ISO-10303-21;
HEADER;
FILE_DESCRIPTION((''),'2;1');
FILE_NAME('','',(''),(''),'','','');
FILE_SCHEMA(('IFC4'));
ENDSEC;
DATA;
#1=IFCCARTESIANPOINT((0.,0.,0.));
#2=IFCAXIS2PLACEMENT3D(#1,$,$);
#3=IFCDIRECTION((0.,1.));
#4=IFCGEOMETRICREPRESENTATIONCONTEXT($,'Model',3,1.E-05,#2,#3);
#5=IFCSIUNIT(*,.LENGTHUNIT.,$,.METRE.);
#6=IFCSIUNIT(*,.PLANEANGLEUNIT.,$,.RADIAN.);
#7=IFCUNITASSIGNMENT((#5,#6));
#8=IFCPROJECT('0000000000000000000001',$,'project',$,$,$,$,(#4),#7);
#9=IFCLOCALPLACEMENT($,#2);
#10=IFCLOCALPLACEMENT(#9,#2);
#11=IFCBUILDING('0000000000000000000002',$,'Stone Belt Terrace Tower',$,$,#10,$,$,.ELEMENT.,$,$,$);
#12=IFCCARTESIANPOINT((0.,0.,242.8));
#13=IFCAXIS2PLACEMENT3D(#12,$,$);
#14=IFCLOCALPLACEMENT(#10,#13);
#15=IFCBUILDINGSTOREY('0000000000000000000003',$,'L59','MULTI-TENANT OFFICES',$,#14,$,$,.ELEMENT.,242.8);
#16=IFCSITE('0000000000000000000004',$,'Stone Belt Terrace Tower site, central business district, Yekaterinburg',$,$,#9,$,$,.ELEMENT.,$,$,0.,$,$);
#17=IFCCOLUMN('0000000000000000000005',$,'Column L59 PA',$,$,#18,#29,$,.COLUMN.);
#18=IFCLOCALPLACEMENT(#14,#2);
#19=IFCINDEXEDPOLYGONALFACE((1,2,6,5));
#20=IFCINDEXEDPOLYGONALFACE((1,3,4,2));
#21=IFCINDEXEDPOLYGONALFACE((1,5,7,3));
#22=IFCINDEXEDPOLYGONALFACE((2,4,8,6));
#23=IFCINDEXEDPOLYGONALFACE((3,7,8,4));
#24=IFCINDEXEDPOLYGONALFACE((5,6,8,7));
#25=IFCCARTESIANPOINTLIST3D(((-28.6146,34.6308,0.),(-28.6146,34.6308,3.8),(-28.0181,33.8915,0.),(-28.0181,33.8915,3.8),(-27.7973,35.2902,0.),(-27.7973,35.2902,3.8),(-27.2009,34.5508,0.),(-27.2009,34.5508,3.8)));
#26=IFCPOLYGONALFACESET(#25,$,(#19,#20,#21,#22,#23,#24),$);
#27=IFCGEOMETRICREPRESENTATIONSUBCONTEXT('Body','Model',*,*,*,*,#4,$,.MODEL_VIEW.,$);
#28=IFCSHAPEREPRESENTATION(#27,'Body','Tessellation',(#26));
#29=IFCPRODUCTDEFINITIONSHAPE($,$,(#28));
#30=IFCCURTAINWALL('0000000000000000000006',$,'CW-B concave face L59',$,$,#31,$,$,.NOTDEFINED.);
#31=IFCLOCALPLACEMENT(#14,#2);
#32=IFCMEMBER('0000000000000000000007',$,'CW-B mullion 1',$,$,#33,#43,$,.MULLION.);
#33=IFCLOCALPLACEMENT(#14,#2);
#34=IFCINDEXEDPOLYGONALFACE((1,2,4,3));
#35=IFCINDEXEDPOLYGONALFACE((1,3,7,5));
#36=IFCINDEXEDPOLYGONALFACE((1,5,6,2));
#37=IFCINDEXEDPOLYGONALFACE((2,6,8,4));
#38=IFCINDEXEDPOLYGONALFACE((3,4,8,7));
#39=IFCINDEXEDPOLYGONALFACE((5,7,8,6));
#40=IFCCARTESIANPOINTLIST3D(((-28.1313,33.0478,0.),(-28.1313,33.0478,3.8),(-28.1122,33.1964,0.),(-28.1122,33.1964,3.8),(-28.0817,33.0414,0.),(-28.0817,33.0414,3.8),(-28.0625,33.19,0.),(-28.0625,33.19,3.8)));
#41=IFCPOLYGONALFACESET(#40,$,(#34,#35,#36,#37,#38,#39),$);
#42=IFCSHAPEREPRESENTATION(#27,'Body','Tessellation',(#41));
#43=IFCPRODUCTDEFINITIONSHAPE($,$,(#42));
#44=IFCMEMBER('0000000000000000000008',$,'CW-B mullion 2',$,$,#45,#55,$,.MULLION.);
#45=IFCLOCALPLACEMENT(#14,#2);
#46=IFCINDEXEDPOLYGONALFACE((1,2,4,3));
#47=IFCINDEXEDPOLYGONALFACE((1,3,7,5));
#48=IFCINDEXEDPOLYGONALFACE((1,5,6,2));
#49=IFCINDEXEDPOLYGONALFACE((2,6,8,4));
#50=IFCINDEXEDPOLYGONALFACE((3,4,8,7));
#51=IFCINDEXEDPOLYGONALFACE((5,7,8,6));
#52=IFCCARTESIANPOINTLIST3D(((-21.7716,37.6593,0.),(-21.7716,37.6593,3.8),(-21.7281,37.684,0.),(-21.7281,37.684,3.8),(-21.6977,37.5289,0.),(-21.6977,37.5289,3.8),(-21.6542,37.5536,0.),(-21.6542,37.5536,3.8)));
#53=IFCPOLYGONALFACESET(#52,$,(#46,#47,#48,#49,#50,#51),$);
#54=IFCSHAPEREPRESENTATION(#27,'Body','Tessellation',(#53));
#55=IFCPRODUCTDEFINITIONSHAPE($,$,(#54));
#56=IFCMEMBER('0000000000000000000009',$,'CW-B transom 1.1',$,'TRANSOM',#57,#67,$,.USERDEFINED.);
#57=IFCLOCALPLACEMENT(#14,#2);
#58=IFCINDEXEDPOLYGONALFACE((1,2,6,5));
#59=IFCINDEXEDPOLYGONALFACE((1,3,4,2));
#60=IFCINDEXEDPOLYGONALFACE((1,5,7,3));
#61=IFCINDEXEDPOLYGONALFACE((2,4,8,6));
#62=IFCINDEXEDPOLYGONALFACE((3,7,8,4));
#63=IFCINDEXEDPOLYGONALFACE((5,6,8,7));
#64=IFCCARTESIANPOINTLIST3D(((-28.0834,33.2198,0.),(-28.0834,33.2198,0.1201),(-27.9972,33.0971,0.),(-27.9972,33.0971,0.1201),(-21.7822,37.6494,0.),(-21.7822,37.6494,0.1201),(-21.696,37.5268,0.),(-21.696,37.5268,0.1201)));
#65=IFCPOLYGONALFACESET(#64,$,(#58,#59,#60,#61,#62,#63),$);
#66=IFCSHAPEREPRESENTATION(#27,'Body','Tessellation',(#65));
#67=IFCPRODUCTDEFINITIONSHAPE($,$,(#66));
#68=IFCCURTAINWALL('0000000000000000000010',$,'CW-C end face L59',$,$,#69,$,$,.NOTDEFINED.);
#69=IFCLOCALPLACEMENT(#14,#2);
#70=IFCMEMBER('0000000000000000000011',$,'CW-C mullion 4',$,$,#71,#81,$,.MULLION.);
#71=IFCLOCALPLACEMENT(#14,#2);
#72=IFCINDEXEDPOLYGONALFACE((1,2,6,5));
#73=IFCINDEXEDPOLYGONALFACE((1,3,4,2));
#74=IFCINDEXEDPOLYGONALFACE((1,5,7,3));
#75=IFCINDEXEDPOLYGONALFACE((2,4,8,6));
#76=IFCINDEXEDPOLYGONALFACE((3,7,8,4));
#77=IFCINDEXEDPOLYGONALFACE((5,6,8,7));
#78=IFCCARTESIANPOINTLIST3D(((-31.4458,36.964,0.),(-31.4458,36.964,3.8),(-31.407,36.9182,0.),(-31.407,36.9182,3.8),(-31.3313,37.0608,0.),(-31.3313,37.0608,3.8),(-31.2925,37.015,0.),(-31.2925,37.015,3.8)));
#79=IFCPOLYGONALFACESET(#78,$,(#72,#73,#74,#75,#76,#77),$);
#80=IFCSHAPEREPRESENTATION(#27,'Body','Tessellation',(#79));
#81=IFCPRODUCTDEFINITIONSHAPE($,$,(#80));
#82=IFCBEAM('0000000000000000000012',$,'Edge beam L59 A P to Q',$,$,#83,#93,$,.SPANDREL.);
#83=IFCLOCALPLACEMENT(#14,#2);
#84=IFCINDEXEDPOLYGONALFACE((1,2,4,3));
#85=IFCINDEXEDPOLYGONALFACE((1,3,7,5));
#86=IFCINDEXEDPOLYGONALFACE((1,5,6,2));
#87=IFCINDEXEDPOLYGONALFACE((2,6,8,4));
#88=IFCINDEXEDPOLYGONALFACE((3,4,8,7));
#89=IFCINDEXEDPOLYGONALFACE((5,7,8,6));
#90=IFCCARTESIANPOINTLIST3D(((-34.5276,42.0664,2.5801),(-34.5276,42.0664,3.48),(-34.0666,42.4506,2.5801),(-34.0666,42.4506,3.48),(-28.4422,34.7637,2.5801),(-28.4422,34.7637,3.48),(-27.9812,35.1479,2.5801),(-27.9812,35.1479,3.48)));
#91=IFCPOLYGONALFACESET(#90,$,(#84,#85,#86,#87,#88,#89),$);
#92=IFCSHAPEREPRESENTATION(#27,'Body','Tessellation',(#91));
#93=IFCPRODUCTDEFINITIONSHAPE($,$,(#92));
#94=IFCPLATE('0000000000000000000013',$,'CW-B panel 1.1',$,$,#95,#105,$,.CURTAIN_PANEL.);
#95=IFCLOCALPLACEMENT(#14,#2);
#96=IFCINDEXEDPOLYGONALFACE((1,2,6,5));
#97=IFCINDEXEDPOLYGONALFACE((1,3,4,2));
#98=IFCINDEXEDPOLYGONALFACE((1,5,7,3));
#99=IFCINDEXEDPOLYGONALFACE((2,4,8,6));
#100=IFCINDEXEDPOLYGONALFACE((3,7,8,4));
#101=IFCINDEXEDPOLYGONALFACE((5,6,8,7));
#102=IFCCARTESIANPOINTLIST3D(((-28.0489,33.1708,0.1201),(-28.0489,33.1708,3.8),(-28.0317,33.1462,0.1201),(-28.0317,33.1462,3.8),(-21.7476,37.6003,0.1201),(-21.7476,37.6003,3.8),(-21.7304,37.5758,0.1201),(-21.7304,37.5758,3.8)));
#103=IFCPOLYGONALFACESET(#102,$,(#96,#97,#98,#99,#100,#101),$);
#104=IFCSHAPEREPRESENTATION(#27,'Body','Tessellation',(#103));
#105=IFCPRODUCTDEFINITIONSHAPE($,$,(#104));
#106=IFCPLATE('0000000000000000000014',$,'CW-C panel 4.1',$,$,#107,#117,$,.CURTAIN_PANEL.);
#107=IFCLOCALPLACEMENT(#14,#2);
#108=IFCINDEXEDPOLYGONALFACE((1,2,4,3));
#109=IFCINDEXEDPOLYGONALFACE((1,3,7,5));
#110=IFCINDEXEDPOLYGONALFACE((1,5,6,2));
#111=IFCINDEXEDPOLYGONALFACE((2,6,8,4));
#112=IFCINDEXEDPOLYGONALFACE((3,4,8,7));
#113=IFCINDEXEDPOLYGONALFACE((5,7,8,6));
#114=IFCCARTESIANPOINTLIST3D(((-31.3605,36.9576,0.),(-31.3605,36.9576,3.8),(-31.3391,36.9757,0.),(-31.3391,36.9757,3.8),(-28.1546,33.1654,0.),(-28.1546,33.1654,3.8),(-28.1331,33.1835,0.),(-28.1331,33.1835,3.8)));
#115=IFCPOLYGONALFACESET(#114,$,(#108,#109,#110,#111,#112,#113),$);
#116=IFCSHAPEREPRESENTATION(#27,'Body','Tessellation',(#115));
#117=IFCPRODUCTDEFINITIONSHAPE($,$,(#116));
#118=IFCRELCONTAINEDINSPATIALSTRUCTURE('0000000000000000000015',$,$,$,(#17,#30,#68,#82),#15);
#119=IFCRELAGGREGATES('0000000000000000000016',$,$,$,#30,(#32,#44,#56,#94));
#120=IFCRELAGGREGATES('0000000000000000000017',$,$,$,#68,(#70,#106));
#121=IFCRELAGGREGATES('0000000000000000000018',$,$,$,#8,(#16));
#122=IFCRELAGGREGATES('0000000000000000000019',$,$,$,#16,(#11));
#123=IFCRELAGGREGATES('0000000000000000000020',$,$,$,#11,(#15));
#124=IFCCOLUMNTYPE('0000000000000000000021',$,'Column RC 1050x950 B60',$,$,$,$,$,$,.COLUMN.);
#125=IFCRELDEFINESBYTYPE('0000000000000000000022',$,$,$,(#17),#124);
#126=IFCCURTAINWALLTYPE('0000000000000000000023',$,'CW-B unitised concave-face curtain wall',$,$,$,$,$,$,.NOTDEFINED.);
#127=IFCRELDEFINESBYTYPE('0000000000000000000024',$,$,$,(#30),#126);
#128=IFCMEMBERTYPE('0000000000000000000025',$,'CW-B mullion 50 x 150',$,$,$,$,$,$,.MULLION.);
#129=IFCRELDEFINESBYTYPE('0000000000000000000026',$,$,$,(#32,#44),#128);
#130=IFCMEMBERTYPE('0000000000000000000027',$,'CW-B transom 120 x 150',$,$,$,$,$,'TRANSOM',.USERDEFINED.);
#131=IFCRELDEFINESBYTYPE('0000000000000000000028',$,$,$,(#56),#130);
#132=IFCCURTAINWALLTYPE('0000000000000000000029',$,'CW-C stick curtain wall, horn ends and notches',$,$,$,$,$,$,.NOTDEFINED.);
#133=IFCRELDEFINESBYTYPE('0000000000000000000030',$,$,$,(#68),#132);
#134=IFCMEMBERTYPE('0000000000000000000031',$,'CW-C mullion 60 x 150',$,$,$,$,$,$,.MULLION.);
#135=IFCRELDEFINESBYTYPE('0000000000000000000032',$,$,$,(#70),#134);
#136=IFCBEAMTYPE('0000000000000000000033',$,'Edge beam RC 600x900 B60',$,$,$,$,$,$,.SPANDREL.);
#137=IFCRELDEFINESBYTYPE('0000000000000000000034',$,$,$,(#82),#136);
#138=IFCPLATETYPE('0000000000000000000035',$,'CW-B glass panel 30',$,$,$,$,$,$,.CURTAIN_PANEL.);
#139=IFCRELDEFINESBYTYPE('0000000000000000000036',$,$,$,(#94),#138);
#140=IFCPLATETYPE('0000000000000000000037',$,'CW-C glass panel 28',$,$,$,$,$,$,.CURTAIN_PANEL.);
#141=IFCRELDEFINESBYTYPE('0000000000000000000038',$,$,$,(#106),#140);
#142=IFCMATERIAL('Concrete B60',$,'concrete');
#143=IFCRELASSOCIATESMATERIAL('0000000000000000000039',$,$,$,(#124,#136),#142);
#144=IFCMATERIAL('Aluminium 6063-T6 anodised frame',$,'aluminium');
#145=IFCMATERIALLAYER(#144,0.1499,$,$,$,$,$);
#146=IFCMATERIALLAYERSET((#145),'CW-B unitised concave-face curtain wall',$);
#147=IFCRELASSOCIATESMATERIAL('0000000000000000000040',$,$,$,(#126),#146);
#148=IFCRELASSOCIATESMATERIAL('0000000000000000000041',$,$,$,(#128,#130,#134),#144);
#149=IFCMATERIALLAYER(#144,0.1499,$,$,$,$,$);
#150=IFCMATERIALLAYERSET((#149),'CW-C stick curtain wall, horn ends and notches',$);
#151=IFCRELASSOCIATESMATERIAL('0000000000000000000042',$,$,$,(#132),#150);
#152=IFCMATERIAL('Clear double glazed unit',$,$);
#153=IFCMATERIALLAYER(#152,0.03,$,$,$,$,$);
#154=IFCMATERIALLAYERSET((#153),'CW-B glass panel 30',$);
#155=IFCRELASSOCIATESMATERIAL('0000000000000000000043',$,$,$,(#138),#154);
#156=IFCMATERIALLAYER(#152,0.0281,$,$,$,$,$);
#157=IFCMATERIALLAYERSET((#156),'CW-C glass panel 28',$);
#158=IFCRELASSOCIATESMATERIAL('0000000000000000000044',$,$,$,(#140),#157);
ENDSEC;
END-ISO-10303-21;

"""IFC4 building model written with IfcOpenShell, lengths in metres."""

from ifc_helpers import new_model, si_unit, direction, frame, origin, origin_2d, place, context, subcontext, project, spatial, rectangle, extrude, material, layer, layer_set, material_profile, profile_set, type_object, element, aggregate, save


model = new_model("IFC4")

# Units and contexts
model_context = context("Model", 3, precision=1e-05, world=origin(), true_north=direction((0.0, 1.0)))
body_context = subcontext(model_context, "Body", "Model", "MODEL_VIEW")
ifc_project = project(units=[si_unit("LENGTHUNIT", "METRE"), si_unit("PLANEANGLEUNIT", "RADIAN")], contexts=[model_context])

# Site, building, storey
site_placement = place(None, origin())
site = spatial("IfcSite", under=ifc_project, at=site_placement, Name="Stone Belt Terrace Tower site, central business district, Yekaterinburg", CompositionType="ELEMENT", RefElevation=0.0)
building_placement = place(site_placement, origin())
building = spatial("IfcBuilding", under=site, at=building_placement, Name="Stone Belt Terrace Tower", CompositionType="ELEMENT")
storey_placement = place(building_placement, frame((0.0, 0.0, 242.8)))
storey = spatial("IfcBuildingStorey", under=building, at=storey_placement, Name="L59", Description="MULTI-TENANT OFFICES", CompositionType="ELEMENT", Elevation=242.8)

# Column
ifc_material_1 = material(Name="Concrete B60", Category="concrete")
ifc_material_profile_1 = material_profile(ifc_material_1, rectangle(XDim=1.05, YDim=0.95, at=origin_2d()), Name="RC 1050x950")
ifc_profile_set_1 = profile_set([ifc_material_profile_1], Name="Concrete B60")
column_type = type_object("IfcColumnType", Name="Column RC 1050x950 B60", PredefinedType="COLUMN", material=ifc_profile_set_1)
column_placement = place(storey_placement, frame((-27.9077, 34.5908, 0.0), z_axis=(0.0, 0.0, 1.0), x_axis=(0.778284, 0.627913, 0.0)))
element("IfcColumn", 1, at=column_placement, inside=storey, type_object=column_type, Name="Column L59 PA", PredefinedType="COLUMN", context=body_context, shape_type="SweptSolid", body=[
    extrude(rectangle(XDim=1.05, YDim=0.95, at=origin_2d()), origin(), (0.0, 0.0, 1.0), 3.8),
])

# Curtain wall, members
ifc_material_2 = material(Name="Aluminium 6063-T6 anodised frame", Category="aluminium")
ifc_layer_1 = layer(ifc_material_2, 0.1499)
ifc_layer_set_1 = layer_set([ifc_layer_1], Name="CW-B unitised concave-face curtain wall")
curtain_wall_type_1 = type_object("IfcCurtainWallType", Name="CW-B unitised concave-face curtain wall", PredefinedType="NOTDEFINED", material=ifc_layer_set_1)
curtain_wall_1_placement = place(storey_placement, origin())
curtain_wall_1 = element("IfcCurtainWall", 2, at=curtain_wall_1_placement, inside=storey, type_object=curtain_wall_type_1, Name="CW-B concave face L59", PredefinedType="NOTDEFINED")
ifc_material_profile_2 = material_profile(ifc_material_2, rectangle(XDim=0.1499, YDim=0.05, at=origin_2d()), Name="Aluminium 6063-T6 50x150")
ifc_profile_set_2 = profile_set([ifc_material_profile_2], Name="Aluminium 6063-T6 anodised frame")
member_type_1 = type_object("IfcMemberType", Name="CW-B mullion 50 x 150", PredefinedType="MULLION", material=ifc_profile_set_2)
member_1_placement = place(storey_placement, frame((-28.0969, 33.1189, 0.0), z_axis=(0.0, 0.0, 1.0), x_axis=(0.127784, 0.991802, 0.0)))
member_1 = element("IfcMember", 3, at=member_1_placement, type_object=member_type_1, Name="CW-B mullion 1", PredefinedType="MULLION", context=body_context, shape_type="SweptSolid", body=[
    extrude(rectangle(XDim=0.1499, YDim=0.05, at=origin_2d()), origin(), (0.0, 0.0, 1.0), 3.8),
])
member_2_placement = place(storey_placement, frame((-21.7129, 37.6064, 0.0), z_axis=(0.0, 0.0, 1.0), x_axis=(-0.493225, 0.869901, 0.0)))
member_2 = element("IfcMember", 4, at=member_2_placement, type_object=member_type_1, Name="CW-B mullion 2", PredefinedType="MULLION", context=body_context, shape_type="SweptSolid", body=[
    extrude(rectangle(XDim=0.1499, YDim=0.05, at=origin_2d()), origin(), (0.0, 0.0, 1.0), 3.8),
])
ifc_material_profile_3 = material_profile(ifc_material_2, rectangle(XDim=0.1499, YDim=0.1201, at=origin_2d()), Name="Aluminium 6063-T6 150x120")
ifc_profile_set_3 = profile_set([ifc_material_profile_3], Name="Aluminium 6063-T6 anodised frame")
member_type_2 = type_object("IfcMemberType", Name="CW-B transom 120 x 150", ElementType="TRANSOM", PredefinedType="USERDEFINED", material=ifc_profile_set_3)
member_3_placement = place(storey_placement, frame((-28.0403, 33.1584, 0.0601), z_axis=(0.818084, 0.575099, 0.0), x_axis=(-0.575099, 0.818084, 0.0)))
member_3 = element("IfcMember", 5, at=member_3_placement, type_object=member_type_2, Name="CW-B transom 1.1", ObjectType="TRANSOM", PredefinedType="USERDEFINED", context=body_context, shape_type="SweptSolid", body=[
    extrude(rectangle(XDim=0.1499, YDim=0.1201, at=origin_2d()), origin(), (0.0, 0.0, 1.0), 7.7024),
])

# Curtain wall, member
ifc_layer_2 = layer(ifc_material_2, 0.1499)
ifc_layer_set_2 = layer_set([ifc_layer_2], Name="CW-C stick curtain wall, horn ends and notches")
curtain_wall_type_2 = type_object("IfcCurtainWallType", Name="CW-C stick curtain wall, horn ends and notches", PredefinedType="NOTDEFINED", material=ifc_layer_set_2)
curtain_wall_2_placement = place(storey_placement, origin())
curtain_wall_2 = element("IfcCurtainWall", 6, at=curtain_wall_2_placement, inside=storey, type_object=curtain_wall_type_2, Name="CW-C end face L59", PredefinedType="NOTDEFINED")
ifc_material_profile_4 = material_profile(ifc_material_2, rectangle(XDim=0.1499, YDim=0.0601, at=origin_2d()), Name="Aluminium 6063-T6 60x150")
ifc_profile_set_4 = profile_set([ifc_material_profile_4], Name="Aluminium 6063-T6 anodised frame")
member_type_3 = type_object("IfcMemberType", Name="CW-C mullion 60 x 150", PredefinedType="MULLION", material=ifc_profile_set_4)
member_4_placement = place(storey_placement, frame((-31.3691, 36.9895, 0.0), z_axis=(0.0, 0.0, 1.0), x_axis=(0.76367, 0.645607, 0.0)))
member_4 = element("IfcMember", 7, at=member_4_placement, type_object=member_type_3, Name="CW-C mullion 4", PredefinedType="MULLION", context=body_context, shape_type="SweptSolid", body=[
    extrude(rectangle(XDim=0.1499, YDim=0.0601, at=origin_2d()), origin(), (0.0, 0.0, 1.0), 3.8),
])

# Beam
ifc_material_profile_5 = material_profile(ifc_material_1, rectangle(XDim=0.6001, YDim=0.8999, at=origin_2d()), Name="RC 600x900")
ifc_profile_set_5 = profile_set([ifc_material_profile_5], Name="Concrete B60")
beam_type = type_object("IfcBeamType", Name="Edge beam RC 600x900 B60", PredefinedType="SPANDREL", material=ifc_profile_set_5)
beam_placement = place(storey_placement, frame((-28.2117, 34.9558, 3.03), z_axis=(-0.640174, 0.76823, 0.0), x_axis=(-0.76823, -0.640174, 0.0)))
element("IfcBeam", 8, at=beam_placement, inside=storey, type_object=beam_type, Name="Edge beam L59 A P to Q", PredefinedType="SPANDREL", context=body_context, shape_type="SweptSolid", body=[
    extrude(rectangle(XDim=0.6001, YDim=0.8999, at=origin_2d()), origin(), (0.0, 0.0, 1.0), 9.5059),
])

# Plates
ifc_material_3 = material(Name="Clear double glazed unit")
ifc_layer_3 = layer(ifc_material_3, 0.03)
ifc_layer_set_3 = layer_set([ifc_layer_3], Name="CW-B glass panel 30")
plate_type_1 = type_object("IfcPlateType", Name="CW-B glass panel 30", PredefinedType="CURTAIN_PANEL", material=ifc_layer_set_3)
plate_1_placement = place(storey_placement, frame((-24.8896, 35.3733, 0.1201), z_axis=(0.0, 0.0, 1.0), x_axis=(0.818093, 0.575085, 0.0)))
plate_1 = element("IfcPlate", 9, at=plate_1_placement, type_object=plate_type_1, Name="CW-B panel 1.1", PredefinedType="CURTAIN_PANEL", context=body_context, shape_type="SweptSolid", body=[
    extrude(rectangle(XDim=7.7024, YDim=0.03, at=origin_2d()), origin(), (0.0, 0.0, 1.0), 3.6799),
])
aggregate(curtain_wall_1, [member_1, member_2, member_3, plate_1])
ifc_layer_4 = layer(ifc_material_3, 0.0281)
ifc_layer_set_4 = layer_set([ifc_layer_4], Name="CW-C glass panel 28")
plate_type_2 = type_object("IfcPlateType", Name="CW-C glass panel 28", PredefinedType="CURTAIN_PANEL", material=ifc_layer_set_4)
plate_2_placement = place(storey_placement, frame((-29.7468, 35.0706, 0.0), z_axis=(0.0, 0.0, 1.0), x_axis=(0.645607, -0.76367, 0.0)))
plate_2 = element("IfcPlate", 10, at=plate_2_placement, type_object=plate_type_2, Name="CW-C panel 4.1", PredefinedType="CURTAIN_PANEL", context=body_context, shape_type="SweptSolid", body=[
    extrude(rectangle(XDim=4.9658, YDim=0.0281, at=origin_2d()), origin(), (0.0, 0.0, 1.0), 3.8),
])
aggregate(curtain_wall_2, [member_4, plate_2])

save(model, "model.ifc")
